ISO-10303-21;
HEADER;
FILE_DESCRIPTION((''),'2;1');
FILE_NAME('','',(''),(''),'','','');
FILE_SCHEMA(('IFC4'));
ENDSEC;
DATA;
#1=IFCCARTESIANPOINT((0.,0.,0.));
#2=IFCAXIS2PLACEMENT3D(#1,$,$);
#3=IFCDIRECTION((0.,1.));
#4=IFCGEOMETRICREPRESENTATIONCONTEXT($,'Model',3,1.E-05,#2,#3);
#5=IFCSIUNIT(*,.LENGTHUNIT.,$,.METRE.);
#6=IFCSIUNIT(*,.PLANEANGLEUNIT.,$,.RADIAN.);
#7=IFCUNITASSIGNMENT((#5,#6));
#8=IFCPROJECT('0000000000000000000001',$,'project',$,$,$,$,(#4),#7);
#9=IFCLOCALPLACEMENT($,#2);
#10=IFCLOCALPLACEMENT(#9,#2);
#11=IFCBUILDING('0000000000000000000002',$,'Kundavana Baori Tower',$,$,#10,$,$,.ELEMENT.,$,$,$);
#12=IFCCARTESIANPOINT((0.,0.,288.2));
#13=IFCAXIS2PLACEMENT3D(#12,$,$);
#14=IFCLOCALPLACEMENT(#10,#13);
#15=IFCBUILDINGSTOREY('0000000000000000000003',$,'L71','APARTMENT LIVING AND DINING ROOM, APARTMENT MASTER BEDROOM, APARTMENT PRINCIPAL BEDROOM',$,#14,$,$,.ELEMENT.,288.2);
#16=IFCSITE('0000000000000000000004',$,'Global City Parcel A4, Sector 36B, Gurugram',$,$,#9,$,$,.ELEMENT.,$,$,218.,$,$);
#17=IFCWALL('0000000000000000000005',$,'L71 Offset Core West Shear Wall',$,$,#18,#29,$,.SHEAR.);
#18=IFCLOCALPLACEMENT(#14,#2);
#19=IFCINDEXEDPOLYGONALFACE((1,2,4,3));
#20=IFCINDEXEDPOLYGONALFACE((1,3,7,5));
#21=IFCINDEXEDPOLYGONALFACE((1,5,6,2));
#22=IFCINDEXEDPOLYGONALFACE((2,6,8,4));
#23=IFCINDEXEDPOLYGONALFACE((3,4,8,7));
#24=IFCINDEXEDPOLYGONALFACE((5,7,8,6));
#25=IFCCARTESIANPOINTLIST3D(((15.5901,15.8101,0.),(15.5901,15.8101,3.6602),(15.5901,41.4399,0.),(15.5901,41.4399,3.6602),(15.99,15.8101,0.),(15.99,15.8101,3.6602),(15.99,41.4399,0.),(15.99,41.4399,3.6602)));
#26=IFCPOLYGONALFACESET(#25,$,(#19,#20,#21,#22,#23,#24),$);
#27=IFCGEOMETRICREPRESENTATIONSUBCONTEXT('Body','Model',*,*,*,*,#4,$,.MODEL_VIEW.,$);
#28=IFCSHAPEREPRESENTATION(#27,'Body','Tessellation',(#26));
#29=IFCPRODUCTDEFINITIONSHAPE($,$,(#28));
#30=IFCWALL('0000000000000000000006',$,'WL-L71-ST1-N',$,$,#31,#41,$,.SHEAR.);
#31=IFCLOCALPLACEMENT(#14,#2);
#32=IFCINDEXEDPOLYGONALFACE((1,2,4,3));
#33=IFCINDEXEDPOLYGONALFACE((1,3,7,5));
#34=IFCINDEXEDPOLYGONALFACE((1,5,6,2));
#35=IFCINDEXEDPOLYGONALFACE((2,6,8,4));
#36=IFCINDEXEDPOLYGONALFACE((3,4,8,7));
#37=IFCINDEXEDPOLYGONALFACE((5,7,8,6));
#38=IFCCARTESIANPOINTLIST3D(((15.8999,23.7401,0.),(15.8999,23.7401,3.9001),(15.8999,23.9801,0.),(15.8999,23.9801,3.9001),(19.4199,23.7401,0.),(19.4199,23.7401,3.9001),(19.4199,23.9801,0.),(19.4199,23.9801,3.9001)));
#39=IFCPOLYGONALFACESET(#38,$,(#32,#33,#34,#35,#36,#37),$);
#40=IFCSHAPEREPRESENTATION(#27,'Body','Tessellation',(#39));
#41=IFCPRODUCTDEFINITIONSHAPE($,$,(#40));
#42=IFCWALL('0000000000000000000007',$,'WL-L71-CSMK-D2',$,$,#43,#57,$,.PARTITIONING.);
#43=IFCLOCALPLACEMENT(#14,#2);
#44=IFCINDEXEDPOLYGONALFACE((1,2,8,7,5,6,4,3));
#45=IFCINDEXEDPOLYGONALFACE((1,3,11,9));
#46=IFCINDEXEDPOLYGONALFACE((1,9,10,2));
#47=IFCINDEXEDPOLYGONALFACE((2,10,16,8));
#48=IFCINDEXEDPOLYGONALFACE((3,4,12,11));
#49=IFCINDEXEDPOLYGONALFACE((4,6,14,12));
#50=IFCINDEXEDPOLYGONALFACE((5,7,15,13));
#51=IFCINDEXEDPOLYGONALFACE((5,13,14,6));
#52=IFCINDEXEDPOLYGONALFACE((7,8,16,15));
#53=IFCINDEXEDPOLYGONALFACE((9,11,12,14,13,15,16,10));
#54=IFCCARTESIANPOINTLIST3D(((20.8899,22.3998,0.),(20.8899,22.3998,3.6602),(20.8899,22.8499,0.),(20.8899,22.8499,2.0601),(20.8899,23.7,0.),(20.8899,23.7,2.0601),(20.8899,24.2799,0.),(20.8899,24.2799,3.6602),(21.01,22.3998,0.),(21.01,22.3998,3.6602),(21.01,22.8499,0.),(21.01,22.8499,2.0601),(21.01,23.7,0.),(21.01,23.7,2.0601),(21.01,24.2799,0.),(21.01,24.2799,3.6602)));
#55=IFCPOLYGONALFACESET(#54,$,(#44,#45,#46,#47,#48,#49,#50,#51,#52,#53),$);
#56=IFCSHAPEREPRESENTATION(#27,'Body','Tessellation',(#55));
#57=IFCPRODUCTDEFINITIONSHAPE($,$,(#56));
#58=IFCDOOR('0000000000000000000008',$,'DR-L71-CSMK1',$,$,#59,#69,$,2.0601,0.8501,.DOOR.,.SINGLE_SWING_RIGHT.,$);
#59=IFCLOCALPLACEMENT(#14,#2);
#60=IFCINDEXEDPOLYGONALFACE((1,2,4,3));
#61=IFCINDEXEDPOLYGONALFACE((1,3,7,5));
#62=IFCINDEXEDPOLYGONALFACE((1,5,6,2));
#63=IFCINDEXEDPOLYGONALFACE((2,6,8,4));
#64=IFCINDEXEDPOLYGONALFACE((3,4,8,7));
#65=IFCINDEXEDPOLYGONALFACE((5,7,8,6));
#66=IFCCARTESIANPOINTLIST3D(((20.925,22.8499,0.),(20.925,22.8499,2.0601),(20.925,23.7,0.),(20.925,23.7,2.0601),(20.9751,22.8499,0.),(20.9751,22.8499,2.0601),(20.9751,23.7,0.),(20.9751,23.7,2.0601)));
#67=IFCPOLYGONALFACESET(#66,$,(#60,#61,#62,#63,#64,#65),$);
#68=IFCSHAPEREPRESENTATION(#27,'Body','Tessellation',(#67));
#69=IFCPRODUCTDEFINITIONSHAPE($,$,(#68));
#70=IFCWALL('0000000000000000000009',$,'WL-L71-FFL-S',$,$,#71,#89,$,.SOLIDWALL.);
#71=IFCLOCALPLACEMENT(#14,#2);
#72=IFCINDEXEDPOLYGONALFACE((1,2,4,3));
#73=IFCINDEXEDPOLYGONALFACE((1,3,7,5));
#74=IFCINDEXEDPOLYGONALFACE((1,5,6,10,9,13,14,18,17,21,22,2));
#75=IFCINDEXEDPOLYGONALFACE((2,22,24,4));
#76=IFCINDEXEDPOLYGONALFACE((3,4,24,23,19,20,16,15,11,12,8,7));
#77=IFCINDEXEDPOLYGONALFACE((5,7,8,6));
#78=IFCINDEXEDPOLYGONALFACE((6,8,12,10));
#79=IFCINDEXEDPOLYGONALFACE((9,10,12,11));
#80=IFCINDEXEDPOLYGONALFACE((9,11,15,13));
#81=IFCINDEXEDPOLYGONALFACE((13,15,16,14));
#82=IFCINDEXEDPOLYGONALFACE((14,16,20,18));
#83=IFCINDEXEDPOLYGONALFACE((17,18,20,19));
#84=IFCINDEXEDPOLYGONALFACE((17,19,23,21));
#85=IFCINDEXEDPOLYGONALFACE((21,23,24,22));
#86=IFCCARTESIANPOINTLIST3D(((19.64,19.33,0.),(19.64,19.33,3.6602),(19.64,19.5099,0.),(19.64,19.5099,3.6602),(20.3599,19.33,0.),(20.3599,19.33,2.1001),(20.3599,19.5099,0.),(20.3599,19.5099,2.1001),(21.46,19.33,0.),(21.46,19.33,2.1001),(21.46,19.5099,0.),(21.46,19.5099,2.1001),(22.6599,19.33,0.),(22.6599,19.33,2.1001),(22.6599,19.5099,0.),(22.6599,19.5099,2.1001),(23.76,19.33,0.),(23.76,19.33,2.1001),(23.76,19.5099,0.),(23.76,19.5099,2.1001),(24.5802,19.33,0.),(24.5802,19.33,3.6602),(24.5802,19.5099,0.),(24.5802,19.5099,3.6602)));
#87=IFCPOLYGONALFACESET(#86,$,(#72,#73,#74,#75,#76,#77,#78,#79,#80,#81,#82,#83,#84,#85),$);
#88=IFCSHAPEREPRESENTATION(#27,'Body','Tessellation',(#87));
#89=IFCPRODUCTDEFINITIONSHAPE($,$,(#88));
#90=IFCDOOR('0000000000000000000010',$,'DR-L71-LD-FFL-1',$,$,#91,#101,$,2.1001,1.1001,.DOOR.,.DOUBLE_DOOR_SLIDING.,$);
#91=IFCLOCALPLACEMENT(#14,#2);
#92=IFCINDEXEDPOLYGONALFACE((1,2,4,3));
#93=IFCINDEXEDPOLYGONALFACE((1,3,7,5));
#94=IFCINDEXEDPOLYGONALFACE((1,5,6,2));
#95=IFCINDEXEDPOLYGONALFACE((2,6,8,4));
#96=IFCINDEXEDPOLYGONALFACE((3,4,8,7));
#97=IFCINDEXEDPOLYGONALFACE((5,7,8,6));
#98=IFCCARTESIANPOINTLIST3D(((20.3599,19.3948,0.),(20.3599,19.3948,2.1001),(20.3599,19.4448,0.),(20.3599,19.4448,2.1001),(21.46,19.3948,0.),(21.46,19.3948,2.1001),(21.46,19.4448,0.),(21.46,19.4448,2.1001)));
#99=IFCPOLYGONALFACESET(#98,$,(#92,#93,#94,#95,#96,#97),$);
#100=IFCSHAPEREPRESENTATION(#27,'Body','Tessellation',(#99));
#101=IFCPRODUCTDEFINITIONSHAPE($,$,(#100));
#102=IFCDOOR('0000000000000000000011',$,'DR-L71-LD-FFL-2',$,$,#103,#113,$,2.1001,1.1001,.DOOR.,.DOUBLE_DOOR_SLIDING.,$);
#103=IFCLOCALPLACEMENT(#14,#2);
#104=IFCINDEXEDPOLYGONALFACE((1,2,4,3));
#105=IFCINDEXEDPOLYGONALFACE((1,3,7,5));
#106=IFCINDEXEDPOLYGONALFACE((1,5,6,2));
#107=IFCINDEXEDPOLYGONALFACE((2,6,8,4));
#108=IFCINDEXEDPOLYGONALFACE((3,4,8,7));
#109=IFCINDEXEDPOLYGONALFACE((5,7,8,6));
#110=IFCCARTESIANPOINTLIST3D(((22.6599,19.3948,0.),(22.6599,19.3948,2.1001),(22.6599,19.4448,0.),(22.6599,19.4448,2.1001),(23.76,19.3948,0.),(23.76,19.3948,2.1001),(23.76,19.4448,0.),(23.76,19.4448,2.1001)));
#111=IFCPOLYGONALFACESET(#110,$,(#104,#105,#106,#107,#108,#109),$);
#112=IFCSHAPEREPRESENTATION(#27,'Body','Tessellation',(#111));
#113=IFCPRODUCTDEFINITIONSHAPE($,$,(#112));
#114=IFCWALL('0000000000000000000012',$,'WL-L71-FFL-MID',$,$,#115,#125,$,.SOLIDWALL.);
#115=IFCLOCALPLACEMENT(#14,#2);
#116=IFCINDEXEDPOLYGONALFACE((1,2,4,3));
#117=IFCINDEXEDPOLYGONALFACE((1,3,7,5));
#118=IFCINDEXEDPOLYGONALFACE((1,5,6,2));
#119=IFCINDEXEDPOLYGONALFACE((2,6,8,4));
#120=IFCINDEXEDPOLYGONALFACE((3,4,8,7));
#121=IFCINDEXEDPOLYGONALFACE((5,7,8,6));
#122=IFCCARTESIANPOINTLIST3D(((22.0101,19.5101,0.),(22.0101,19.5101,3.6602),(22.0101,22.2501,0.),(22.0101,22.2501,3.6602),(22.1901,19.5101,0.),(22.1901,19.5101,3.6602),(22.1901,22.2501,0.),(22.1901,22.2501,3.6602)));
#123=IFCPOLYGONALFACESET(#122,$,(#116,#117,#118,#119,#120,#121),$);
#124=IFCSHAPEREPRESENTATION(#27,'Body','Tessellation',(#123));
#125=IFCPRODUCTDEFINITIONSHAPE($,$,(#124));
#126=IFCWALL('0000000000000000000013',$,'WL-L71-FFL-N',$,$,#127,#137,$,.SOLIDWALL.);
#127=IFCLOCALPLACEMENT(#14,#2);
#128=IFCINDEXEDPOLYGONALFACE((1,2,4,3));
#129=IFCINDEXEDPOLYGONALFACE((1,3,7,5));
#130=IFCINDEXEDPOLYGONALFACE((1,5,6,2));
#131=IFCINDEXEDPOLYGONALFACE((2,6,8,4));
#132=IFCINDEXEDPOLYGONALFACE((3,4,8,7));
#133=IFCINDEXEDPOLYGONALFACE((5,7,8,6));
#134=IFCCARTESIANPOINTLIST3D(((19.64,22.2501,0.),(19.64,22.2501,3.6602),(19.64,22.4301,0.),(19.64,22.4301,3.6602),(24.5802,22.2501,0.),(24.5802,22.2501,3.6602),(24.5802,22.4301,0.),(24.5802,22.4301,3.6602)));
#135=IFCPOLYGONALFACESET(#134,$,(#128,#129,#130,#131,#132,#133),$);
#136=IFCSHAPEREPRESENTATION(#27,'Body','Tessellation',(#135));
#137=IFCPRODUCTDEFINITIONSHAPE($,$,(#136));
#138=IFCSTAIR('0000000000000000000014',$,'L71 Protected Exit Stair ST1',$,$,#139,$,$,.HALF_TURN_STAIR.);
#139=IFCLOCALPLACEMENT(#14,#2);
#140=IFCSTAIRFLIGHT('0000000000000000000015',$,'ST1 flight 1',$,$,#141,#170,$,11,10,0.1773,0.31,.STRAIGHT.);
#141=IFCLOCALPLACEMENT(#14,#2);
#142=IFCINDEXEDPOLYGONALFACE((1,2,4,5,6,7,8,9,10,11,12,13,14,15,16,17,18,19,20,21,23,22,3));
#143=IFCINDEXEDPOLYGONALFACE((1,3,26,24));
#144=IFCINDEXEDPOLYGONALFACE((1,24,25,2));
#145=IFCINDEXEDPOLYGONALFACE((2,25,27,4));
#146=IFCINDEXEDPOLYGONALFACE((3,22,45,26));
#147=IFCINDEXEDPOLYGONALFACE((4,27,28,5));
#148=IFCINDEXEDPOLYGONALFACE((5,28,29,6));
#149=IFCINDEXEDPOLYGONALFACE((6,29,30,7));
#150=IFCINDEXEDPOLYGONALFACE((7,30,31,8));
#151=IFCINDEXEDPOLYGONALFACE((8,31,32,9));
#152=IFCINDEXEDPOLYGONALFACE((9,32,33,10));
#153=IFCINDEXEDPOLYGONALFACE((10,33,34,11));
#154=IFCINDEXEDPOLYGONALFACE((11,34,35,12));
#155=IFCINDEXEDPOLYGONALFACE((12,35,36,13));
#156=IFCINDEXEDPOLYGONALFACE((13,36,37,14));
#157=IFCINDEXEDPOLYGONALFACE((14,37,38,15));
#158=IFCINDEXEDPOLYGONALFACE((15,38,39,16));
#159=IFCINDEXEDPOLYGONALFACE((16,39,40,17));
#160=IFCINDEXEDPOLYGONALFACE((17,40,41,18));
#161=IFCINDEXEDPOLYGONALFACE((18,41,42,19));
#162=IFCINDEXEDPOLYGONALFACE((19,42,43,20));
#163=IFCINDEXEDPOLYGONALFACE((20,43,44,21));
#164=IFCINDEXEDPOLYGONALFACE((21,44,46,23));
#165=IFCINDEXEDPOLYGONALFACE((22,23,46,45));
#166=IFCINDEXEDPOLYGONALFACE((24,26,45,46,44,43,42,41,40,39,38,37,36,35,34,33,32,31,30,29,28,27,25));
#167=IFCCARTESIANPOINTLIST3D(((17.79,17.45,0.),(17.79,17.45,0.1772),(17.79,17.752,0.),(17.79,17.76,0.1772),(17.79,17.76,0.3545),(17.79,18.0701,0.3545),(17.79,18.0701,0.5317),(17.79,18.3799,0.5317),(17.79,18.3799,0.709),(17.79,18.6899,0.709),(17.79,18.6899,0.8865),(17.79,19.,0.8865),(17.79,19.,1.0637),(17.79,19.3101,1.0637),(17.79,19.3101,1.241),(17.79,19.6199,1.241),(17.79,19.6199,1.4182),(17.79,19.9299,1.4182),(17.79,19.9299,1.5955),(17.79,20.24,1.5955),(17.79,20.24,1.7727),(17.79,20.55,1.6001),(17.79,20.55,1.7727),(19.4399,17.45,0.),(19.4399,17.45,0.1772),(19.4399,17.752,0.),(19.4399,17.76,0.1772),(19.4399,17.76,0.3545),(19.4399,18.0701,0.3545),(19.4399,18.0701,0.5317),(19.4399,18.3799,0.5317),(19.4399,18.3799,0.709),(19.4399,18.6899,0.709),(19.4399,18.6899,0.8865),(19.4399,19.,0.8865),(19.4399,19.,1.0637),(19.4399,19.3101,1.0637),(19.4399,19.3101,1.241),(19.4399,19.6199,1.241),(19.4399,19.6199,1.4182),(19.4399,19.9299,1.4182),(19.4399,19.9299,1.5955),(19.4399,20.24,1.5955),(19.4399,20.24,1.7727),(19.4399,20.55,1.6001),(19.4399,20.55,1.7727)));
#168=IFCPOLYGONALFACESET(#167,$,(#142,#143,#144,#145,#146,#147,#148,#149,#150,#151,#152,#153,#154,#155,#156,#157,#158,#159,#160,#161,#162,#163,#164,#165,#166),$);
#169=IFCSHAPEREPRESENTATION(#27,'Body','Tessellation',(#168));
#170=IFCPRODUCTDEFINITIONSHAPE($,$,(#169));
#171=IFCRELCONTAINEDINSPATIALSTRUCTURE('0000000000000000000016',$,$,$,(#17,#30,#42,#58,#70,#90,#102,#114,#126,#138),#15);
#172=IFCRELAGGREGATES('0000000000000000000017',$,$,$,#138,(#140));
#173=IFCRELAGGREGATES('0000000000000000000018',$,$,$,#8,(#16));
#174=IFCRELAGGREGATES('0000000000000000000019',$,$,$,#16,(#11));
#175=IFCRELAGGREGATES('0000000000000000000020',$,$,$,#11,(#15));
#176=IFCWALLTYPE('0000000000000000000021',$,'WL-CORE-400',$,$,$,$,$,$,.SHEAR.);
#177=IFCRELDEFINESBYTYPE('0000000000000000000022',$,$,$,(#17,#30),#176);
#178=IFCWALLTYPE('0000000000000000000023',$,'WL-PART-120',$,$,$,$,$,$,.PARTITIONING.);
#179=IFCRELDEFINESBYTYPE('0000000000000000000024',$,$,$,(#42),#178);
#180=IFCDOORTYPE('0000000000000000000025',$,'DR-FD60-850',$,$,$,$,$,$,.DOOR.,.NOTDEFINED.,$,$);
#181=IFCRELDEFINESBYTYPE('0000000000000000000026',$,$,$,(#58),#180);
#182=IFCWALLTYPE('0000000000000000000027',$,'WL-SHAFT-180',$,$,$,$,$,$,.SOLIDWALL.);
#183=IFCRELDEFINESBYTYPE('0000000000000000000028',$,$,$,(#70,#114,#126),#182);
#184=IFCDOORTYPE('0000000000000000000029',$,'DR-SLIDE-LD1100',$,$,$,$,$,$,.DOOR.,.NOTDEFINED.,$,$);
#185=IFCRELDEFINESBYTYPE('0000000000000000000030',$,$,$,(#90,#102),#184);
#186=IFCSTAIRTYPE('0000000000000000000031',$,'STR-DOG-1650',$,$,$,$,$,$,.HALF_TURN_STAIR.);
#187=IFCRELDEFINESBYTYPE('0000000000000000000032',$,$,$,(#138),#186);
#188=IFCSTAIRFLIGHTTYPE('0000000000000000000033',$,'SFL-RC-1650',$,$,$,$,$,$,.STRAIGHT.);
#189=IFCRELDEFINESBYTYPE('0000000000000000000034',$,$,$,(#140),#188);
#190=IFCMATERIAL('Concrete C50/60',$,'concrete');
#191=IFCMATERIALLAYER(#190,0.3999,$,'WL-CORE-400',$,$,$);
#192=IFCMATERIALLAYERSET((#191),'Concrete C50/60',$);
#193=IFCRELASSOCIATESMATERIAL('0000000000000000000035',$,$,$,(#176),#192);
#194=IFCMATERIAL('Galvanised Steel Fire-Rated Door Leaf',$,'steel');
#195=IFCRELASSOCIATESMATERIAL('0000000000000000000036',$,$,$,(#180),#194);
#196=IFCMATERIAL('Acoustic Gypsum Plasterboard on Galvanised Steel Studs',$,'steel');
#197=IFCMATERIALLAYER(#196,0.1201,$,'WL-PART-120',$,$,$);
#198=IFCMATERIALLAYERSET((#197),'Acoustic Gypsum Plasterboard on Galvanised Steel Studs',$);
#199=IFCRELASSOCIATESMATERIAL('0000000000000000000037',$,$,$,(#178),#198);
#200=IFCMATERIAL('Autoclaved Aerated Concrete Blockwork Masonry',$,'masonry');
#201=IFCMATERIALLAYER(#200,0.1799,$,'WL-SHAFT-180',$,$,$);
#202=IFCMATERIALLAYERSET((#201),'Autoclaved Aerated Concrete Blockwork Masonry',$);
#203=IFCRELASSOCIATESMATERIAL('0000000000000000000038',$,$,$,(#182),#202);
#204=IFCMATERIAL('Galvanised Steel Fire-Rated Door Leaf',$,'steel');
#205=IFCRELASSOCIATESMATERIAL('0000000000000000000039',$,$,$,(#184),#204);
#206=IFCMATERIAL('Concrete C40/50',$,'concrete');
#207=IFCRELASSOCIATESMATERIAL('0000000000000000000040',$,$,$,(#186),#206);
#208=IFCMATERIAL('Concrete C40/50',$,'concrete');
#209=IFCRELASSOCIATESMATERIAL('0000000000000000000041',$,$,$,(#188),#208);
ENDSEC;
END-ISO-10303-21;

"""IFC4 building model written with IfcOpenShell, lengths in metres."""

from ifc_helpers import new_model, si_unit, direction, frame, frame_2d, origin, place, context, subcontext, project, spatial, polyline, rectangle, outline, extrude, material, layer, layer_set, type_object, element, fill, aggregate, save


model = new_model("IFC4")

# Units and contexts
model_context = context("Model", 3, precision=1e-05, world=origin(), true_north=direction((0.0, 1.0)))
body_context = subcontext(model_context, "Body", "Model", "MODEL_VIEW")
ifc_project = project(units=[si_unit("LENGTHUNIT", "METRE"), si_unit("PLANEANGLEUNIT", "RADIAN")], contexts=[model_context])

# Site, building, storey
site_placement = place(None, origin())
site = spatial("IfcSite", under=ifc_project, at=site_placement, Name="Global City Parcel A4, Sector 36B, Gurugram", CompositionType="ELEMENT", RefElevation=218.0)
building_placement = place(site_placement, origin())
building = spatial("IfcBuilding", under=site, at=building_placement, Name="Kundavana Baori Tower", CompositionType="ELEMENT")
storey_placement = place(building_placement, frame((0.0, 0.0, 288.2)))
storey = spatial("IfcBuildingStorey", under=building, at=storey_placement, Name="L71", Description="APARTMENT LIVING AND DINING ROOM, APARTMENT MASTER BEDROOM, APARTMENT PRINCIPAL BEDROOM", CompositionType="ELEMENT", Elevation=288.2)

# Wall
ifc_material_1 = material(Name="Concrete C50/60", Category="concrete")
ifc_layer_1 = layer(ifc_material_1, 0.3999, Name="WL-CORE-400")
ifc_layer_set_1 = layer_set([ifc_layer_1], Name="Concrete C50/60")
wall_type_1 = type_object("IfcWallType", Name="WL-CORE-400", PredefinedType="SHEAR", material=ifc_layer_set_1)
wall_1_placement = place(storey_placement, frame((15.79, 15.8101, 0.0), z_axis=(0.0, 0.0, 1.0), x_axis=(0.0, 1.0, 0.0)))
element("IfcWall", 1, at=wall_1_placement, inside=storey, type_object=wall_type_1, Name="L71 Offset Core West Shear Wall", PredefinedType="SHEAR", context=body_context, shape_type="SweptSolid", body=[
    extrude(rectangle(XDim=25.6299, YDim=0.3999, at=frame_2d((12.8149, 0.0))), origin(), (0.0, 0.0, 1.0), 3.6602),
])

# Shared definitions
ifc_material_2 = material(Name="Galvanised Steel Fire-Rated Door Leaf", Category="steel")
door_type_1 = type_object("IfcDoorType", Name="DR-FD60-850", OperationType="NOTDEFINED", PredefinedType="DOOR", material=ifc_material_2)

# Wall
wall_2_placement = place(storey_placement, frame((15.8999, 23.8601, 0.0), z_axis=(0.0, 0.0, 1.0), x_axis=(1.0, 0.0, 0.0)))
element("IfcWall", 2, at=wall_2_placement, inside=storey, type_object=wall_type_1, Name="WL-L71-ST1-N", PredefinedType="SHEAR", context=body_context, shape_type="SweptSolid", body=[
    extrude(rectangle(XDim=3.52, YDim=0.24, at=frame_2d((1.76, 0.0))), origin(), (0.0, 0.0, 1.0), 3.9001),
])

# Wall, opening, door
ifc_material_3 = material(Name="Acoustic Gypsum Plasterboard on Galvanised Steel Studs", Category="steel")
ifc_layer_2 = layer(ifc_material_3, 0.1201, Name="WL-PART-120")
ifc_layer_set_2 = layer_set([ifc_layer_2], Name="Acoustic Gypsum Plasterboard on Galvanised Steel Studs")
wall_type_2 = type_object("IfcWallType", Name="WL-PART-120", PredefinedType="PARTITIONING", material=ifc_layer_set_2)
wall_3_placement = place(storey_placement, frame((20.95, 22.3999, 0.0), z_axis=(0.0, 0.0, 1.0), x_axis=(0.0, 1.0, 0.0)))
wall_3 = element("IfcWall", 3, at=wall_3_placement, inside=storey, type_object=wall_type_2, Name="WL-L71-CSMK-D2", PredefinedType="PARTITIONING", context=body_context, shape_type="SweptSolid", body=[
    extrude(rectangle(XDim=1.8801, YDim=0.1201, at=frame_2d((0.9399, 0.0))), origin(), (0.0, 0.0, 1.0), 3.6602),
])
opening_1_placement = place(wall_3_placement, frame((0.45, 0.0, 0.0)))
opening_1 = element("IfcOpeningElement", 4, at=opening_1_placement, cuts=wall_3, PredefinedType="OPENING", context=body_context, shape_type="SweptSolid", body=[
    extrude(rectangle(XDim=0.8501, YDim=2.0601, at=frame_2d((0.425, 1.03))), frame((0.0, 0.0701, 0.0), z_axis=(0.0, -1.0, 0.0), x_axis=(1.0, 0.0, 0.0)), (0.0, 0.0, 1.0), 0.1401),
])
door_1_placement = place(opening_1_placement, origin())
door_1 = element("IfcDoor", 5, at=door_1_placement, inside=storey, type_object=door_type_1, Name="DR-L71-CSMK1", OperationType="SINGLE_SWING_RIGHT", OverallHeight=2.0601, OverallWidth=0.8501, PredefinedType="DOOR", context=body_context, shape_type="SweptSolid", body=[
    extrude(rectangle(XDim=0.8501, YDim=2.0601, at=frame_2d((0.425, 1.03))), frame((0.0, 0.0249, 0.0), z_axis=(0.0, -1.0, 0.0), x_axis=(1.0, 0.0, 0.0)), (0.0, 0.0, 1.0), 0.05),
])
fill(opening_1, door_1)

# Wall, openings, doors
ifc_material_4 = material(Name="Autoclaved Aerated Concrete Blockwork Masonry", Category="masonry")
ifc_layer_3 = layer(ifc_material_4, 0.1799, Name="WL-SHAFT-180")
ifc_layer_set_3 = layer_set([ifc_layer_3], Name="Autoclaved Aerated Concrete Blockwork Masonry")
wall_type_3 = type_object("IfcWallType", Name="WL-SHAFT-180", PredefinedType="SOLIDWALL", material=ifc_layer_set_3)
wall_4_placement = place(storey_placement, frame((19.6399, 19.4199, 0.0), z_axis=(0.0, 0.0, 1.0), x_axis=(1.0, 0.0, 0.0)))
wall_4 = element("IfcWall", 6, at=wall_4_placement, inside=storey, type_object=wall_type_3, Name="WL-L71-FFL-S", PredefinedType="SOLIDWALL", context=body_context, shape_type="SweptSolid", body=[
    extrude(rectangle(XDim=4.9402, YDim=0.1799, at=frame_2d((2.4702, 0.0))), origin(), (0.0, 0.0, 1.0), 3.6602),
])
opening_2_placement = place(wall_4_placement, frame((0.72, 0.0, 0.0)))
opening_2 = element("IfcOpeningElement", 7, at=opening_2_placement, cuts=wall_4, PredefinedType="OPENING", context=body_context, shape_type="SweptSolid", body=[
    extrude(rectangle(XDim=1.1001, YDim=2.1001, at=frame_2d((0.55, 1.05))), frame((0.0, 0.1001, 0.0), z_axis=(0.0, -1.0, 0.0), x_axis=(1.0, 0.0, 0.0)), (0.0, 0.0, 1.0), 0.2),
])
opening_3_placement = place(wall_4_placement, frame((3.02, 0.0, 0.0)))
opening_3 = element("IfcOpeningElement", 8, at=opening_3_placement, cuts=wall_4, PredefinedType="OPENING", context=body_context, shape_type="SweptSolid", body=[
    extrude(rectangle(XDim=1.1001, YDim=2.1001, at=frame_2d((0.55, 1.05))), frame((0.0, 0.1001, 0.0), z_axis=(0.0, -1.0, 0.0), x_axis=(1.0, 0.0, 0.0)), (0.0, 0.0, 1.0), 0.2),
])
ifc_material_5 = material(Name="Galvanised Steel Fire-Rated Door Leaf", Category="steel")
door_type_2 = type_object("IfcDoorType", Name="DR-SLIDE-LD1100", OperationType="NOTDEFINED", PredefinedType="DOOR", material=ifc_material_5)
door_2_placement = place(opening_2_placement, origin())
door_2 = element("IfcDoor", 9, at=door_2_placement, inside=storey, type_object=door_type_2, Name="DR-L71-LD-FFL-1", OperationType="DOUBLE_DOOR_SLIDING", OverallHeight=2.1001, OverallWidth=1.1001, PredefinedType="DOOR", context=body_context, shape_type="SweptSolid", body=[
    extrude(rectangle(XDim=1.1001, YDim=2.1001, at=frame_2d((0.55, 1.05))), frame((0.0, 0.0249, 0.0), z_axis=(0.0, -1.0, 0.0), x_axis=(1.0, 0.0, 0.0)), (0.0, 0.0, 1.0), 0.05),
])
fill(opening_2, door_2)
door_3_placement = place(opening_3_placement, origin())
door_3 = element("IfcDoor", 10, at=door_3_placement, inside=storey, type_object=door_type_2, Name="DR-L71-LD-FFL-2", OperationType="DOUBLE_DOOR_SLIDING", OverallHeight=2.1001, OverallWidth=1.1001, PredefinedType="DOOR", context=body_context, shape_type="SweptSolid", body=[
    extrude(rectangle(XDim=1.1001, YDim=2.1001, at=frame_2d((0.55, 1.05))), frame((0.0, 0.0249, 0.0), z_axis=(0.0, -1.0, 0.0), x_axis=(1.0, 0.0, 0.0)), (0.0, 0.0, 1.0), 0.05),
])
fill(opening_3, door_3)

# Walls
wall_5_placement = place(storey_placement, frame((22.1001, 19.51, 0.0), z_axis=(0.0, 0.0, 1.0), x_axis=(0.0, 1.0, 0.0)))
element("IfcWall", 11, at=wall_5_placement, inside=storey, type_object=wall_type_3, Name="WL-L71-FFL-MID", PredefinedType="SOLIDWALL", context=body_context, shape_type="SweptSolid", body=[
    extrude(rectangle(XDim=2.74, YDim=0.1799, at=frame_2d((1.3701, 0.0))), origin(), (0.0, 0.0, 1.0), 3.6602),
])
wall_6_placement = place(storey_placement, frame((19.6399, 22.3401, 0.0), z_axis=(0.0, 0.0, 1.0), x_axis=(1.0, 0.0, 0.0)))
element("IfcWall", 12, at=wall_6_placement, inside=storey, type_object=wall_type_3, Name="WL-L71-FFL-N", PredefinedType="SOLIDWALL", context=body_context, shape_type="SweptSolid", body=[
    extrude(rectangle(XDim=4.9402, YDim=0.1799, at=frame_2d((2.4702, 0.0))), origin(), (0.0, 0.0, 1.0), 3.6602),
])

# Stair, stair flight
ifc_material_6 = material(Name="Concrete C40/50", Category="concrete")
stair_type = type_object("IfcStairType", Name="STR-DOG-1650", PredefinedType="HALF_TURN_STAIR", material=ifc_material_6)
stair_placement = place(storey_placement, origin())
stair = element("IfcStair", 13, at=stair_placement, inside=storey, type_object=stair_type, Name="L71 Protected Exit Stair ST1", PredefinedType="HALF_TURN_STAIR")
ifc_material_7 = material(Name="Concrete C40/50", Category="concrete")
stair_flight_type = type_object("IfcStairFlightType", Name="SFL-RC-1650", PredefinedType="STRAIGHT", material=ifc_material_7)
stair_flight_1_placement = place(storey_placement, frame((18.615, 17.45, 0.0), z_axis=(0.0, 0.0, 1.0), x_axis=(0.0, 1.0, 0.0)))
stair_flight_1 = element("IfcStairFlight", 14, at=stair_flight_1_placement, type_object=stair_flight_type, Name="ST1 flight 1", NumberOfRisers=11, NumberOfTreads=10, PredefinedType="STRAIGHT", RiserHeight=0.1773, TreadLength=0.31, context=body_context, shape_type="SweptSolid", body=[
    extrude(outline(polyline([(0.0, 0.0), (0.0, 0.1772), (0.3101, 0.1772), (0.3101, 0.3545), (0.6201, 0.3545), (0.6201, 0.5317), (0.9299, 0.5317), (0.9299, 0.709), (1.24, 0.709), (1.24, 0.8865), (1.55, 0.8865), (1.55, 1.0637), (1.8601, 1.0637), (1.8601, 1.241), (2.1699, 1.241), (2.1699, 1.4182), (2.48, 1.4182), (2.48, 1.5955), (2.79, 1.5955), (2.79, 1.7727), (3.1001, 1.7727), (3.1001, 1.95), (3.1001, 1.6001), (0.302, 0.0), (0.0, 0.0)])), frame((0.0, 0.825, 0.0), z_axis=(0.0, -1.0, 0.0), x_axis=(1.0, 0.0, 0.0)), (0.0, 0.0, 1.0), 1.6499),
])
aggregate(stair, [stair_flight_1])

save(model, "model.ifc")
